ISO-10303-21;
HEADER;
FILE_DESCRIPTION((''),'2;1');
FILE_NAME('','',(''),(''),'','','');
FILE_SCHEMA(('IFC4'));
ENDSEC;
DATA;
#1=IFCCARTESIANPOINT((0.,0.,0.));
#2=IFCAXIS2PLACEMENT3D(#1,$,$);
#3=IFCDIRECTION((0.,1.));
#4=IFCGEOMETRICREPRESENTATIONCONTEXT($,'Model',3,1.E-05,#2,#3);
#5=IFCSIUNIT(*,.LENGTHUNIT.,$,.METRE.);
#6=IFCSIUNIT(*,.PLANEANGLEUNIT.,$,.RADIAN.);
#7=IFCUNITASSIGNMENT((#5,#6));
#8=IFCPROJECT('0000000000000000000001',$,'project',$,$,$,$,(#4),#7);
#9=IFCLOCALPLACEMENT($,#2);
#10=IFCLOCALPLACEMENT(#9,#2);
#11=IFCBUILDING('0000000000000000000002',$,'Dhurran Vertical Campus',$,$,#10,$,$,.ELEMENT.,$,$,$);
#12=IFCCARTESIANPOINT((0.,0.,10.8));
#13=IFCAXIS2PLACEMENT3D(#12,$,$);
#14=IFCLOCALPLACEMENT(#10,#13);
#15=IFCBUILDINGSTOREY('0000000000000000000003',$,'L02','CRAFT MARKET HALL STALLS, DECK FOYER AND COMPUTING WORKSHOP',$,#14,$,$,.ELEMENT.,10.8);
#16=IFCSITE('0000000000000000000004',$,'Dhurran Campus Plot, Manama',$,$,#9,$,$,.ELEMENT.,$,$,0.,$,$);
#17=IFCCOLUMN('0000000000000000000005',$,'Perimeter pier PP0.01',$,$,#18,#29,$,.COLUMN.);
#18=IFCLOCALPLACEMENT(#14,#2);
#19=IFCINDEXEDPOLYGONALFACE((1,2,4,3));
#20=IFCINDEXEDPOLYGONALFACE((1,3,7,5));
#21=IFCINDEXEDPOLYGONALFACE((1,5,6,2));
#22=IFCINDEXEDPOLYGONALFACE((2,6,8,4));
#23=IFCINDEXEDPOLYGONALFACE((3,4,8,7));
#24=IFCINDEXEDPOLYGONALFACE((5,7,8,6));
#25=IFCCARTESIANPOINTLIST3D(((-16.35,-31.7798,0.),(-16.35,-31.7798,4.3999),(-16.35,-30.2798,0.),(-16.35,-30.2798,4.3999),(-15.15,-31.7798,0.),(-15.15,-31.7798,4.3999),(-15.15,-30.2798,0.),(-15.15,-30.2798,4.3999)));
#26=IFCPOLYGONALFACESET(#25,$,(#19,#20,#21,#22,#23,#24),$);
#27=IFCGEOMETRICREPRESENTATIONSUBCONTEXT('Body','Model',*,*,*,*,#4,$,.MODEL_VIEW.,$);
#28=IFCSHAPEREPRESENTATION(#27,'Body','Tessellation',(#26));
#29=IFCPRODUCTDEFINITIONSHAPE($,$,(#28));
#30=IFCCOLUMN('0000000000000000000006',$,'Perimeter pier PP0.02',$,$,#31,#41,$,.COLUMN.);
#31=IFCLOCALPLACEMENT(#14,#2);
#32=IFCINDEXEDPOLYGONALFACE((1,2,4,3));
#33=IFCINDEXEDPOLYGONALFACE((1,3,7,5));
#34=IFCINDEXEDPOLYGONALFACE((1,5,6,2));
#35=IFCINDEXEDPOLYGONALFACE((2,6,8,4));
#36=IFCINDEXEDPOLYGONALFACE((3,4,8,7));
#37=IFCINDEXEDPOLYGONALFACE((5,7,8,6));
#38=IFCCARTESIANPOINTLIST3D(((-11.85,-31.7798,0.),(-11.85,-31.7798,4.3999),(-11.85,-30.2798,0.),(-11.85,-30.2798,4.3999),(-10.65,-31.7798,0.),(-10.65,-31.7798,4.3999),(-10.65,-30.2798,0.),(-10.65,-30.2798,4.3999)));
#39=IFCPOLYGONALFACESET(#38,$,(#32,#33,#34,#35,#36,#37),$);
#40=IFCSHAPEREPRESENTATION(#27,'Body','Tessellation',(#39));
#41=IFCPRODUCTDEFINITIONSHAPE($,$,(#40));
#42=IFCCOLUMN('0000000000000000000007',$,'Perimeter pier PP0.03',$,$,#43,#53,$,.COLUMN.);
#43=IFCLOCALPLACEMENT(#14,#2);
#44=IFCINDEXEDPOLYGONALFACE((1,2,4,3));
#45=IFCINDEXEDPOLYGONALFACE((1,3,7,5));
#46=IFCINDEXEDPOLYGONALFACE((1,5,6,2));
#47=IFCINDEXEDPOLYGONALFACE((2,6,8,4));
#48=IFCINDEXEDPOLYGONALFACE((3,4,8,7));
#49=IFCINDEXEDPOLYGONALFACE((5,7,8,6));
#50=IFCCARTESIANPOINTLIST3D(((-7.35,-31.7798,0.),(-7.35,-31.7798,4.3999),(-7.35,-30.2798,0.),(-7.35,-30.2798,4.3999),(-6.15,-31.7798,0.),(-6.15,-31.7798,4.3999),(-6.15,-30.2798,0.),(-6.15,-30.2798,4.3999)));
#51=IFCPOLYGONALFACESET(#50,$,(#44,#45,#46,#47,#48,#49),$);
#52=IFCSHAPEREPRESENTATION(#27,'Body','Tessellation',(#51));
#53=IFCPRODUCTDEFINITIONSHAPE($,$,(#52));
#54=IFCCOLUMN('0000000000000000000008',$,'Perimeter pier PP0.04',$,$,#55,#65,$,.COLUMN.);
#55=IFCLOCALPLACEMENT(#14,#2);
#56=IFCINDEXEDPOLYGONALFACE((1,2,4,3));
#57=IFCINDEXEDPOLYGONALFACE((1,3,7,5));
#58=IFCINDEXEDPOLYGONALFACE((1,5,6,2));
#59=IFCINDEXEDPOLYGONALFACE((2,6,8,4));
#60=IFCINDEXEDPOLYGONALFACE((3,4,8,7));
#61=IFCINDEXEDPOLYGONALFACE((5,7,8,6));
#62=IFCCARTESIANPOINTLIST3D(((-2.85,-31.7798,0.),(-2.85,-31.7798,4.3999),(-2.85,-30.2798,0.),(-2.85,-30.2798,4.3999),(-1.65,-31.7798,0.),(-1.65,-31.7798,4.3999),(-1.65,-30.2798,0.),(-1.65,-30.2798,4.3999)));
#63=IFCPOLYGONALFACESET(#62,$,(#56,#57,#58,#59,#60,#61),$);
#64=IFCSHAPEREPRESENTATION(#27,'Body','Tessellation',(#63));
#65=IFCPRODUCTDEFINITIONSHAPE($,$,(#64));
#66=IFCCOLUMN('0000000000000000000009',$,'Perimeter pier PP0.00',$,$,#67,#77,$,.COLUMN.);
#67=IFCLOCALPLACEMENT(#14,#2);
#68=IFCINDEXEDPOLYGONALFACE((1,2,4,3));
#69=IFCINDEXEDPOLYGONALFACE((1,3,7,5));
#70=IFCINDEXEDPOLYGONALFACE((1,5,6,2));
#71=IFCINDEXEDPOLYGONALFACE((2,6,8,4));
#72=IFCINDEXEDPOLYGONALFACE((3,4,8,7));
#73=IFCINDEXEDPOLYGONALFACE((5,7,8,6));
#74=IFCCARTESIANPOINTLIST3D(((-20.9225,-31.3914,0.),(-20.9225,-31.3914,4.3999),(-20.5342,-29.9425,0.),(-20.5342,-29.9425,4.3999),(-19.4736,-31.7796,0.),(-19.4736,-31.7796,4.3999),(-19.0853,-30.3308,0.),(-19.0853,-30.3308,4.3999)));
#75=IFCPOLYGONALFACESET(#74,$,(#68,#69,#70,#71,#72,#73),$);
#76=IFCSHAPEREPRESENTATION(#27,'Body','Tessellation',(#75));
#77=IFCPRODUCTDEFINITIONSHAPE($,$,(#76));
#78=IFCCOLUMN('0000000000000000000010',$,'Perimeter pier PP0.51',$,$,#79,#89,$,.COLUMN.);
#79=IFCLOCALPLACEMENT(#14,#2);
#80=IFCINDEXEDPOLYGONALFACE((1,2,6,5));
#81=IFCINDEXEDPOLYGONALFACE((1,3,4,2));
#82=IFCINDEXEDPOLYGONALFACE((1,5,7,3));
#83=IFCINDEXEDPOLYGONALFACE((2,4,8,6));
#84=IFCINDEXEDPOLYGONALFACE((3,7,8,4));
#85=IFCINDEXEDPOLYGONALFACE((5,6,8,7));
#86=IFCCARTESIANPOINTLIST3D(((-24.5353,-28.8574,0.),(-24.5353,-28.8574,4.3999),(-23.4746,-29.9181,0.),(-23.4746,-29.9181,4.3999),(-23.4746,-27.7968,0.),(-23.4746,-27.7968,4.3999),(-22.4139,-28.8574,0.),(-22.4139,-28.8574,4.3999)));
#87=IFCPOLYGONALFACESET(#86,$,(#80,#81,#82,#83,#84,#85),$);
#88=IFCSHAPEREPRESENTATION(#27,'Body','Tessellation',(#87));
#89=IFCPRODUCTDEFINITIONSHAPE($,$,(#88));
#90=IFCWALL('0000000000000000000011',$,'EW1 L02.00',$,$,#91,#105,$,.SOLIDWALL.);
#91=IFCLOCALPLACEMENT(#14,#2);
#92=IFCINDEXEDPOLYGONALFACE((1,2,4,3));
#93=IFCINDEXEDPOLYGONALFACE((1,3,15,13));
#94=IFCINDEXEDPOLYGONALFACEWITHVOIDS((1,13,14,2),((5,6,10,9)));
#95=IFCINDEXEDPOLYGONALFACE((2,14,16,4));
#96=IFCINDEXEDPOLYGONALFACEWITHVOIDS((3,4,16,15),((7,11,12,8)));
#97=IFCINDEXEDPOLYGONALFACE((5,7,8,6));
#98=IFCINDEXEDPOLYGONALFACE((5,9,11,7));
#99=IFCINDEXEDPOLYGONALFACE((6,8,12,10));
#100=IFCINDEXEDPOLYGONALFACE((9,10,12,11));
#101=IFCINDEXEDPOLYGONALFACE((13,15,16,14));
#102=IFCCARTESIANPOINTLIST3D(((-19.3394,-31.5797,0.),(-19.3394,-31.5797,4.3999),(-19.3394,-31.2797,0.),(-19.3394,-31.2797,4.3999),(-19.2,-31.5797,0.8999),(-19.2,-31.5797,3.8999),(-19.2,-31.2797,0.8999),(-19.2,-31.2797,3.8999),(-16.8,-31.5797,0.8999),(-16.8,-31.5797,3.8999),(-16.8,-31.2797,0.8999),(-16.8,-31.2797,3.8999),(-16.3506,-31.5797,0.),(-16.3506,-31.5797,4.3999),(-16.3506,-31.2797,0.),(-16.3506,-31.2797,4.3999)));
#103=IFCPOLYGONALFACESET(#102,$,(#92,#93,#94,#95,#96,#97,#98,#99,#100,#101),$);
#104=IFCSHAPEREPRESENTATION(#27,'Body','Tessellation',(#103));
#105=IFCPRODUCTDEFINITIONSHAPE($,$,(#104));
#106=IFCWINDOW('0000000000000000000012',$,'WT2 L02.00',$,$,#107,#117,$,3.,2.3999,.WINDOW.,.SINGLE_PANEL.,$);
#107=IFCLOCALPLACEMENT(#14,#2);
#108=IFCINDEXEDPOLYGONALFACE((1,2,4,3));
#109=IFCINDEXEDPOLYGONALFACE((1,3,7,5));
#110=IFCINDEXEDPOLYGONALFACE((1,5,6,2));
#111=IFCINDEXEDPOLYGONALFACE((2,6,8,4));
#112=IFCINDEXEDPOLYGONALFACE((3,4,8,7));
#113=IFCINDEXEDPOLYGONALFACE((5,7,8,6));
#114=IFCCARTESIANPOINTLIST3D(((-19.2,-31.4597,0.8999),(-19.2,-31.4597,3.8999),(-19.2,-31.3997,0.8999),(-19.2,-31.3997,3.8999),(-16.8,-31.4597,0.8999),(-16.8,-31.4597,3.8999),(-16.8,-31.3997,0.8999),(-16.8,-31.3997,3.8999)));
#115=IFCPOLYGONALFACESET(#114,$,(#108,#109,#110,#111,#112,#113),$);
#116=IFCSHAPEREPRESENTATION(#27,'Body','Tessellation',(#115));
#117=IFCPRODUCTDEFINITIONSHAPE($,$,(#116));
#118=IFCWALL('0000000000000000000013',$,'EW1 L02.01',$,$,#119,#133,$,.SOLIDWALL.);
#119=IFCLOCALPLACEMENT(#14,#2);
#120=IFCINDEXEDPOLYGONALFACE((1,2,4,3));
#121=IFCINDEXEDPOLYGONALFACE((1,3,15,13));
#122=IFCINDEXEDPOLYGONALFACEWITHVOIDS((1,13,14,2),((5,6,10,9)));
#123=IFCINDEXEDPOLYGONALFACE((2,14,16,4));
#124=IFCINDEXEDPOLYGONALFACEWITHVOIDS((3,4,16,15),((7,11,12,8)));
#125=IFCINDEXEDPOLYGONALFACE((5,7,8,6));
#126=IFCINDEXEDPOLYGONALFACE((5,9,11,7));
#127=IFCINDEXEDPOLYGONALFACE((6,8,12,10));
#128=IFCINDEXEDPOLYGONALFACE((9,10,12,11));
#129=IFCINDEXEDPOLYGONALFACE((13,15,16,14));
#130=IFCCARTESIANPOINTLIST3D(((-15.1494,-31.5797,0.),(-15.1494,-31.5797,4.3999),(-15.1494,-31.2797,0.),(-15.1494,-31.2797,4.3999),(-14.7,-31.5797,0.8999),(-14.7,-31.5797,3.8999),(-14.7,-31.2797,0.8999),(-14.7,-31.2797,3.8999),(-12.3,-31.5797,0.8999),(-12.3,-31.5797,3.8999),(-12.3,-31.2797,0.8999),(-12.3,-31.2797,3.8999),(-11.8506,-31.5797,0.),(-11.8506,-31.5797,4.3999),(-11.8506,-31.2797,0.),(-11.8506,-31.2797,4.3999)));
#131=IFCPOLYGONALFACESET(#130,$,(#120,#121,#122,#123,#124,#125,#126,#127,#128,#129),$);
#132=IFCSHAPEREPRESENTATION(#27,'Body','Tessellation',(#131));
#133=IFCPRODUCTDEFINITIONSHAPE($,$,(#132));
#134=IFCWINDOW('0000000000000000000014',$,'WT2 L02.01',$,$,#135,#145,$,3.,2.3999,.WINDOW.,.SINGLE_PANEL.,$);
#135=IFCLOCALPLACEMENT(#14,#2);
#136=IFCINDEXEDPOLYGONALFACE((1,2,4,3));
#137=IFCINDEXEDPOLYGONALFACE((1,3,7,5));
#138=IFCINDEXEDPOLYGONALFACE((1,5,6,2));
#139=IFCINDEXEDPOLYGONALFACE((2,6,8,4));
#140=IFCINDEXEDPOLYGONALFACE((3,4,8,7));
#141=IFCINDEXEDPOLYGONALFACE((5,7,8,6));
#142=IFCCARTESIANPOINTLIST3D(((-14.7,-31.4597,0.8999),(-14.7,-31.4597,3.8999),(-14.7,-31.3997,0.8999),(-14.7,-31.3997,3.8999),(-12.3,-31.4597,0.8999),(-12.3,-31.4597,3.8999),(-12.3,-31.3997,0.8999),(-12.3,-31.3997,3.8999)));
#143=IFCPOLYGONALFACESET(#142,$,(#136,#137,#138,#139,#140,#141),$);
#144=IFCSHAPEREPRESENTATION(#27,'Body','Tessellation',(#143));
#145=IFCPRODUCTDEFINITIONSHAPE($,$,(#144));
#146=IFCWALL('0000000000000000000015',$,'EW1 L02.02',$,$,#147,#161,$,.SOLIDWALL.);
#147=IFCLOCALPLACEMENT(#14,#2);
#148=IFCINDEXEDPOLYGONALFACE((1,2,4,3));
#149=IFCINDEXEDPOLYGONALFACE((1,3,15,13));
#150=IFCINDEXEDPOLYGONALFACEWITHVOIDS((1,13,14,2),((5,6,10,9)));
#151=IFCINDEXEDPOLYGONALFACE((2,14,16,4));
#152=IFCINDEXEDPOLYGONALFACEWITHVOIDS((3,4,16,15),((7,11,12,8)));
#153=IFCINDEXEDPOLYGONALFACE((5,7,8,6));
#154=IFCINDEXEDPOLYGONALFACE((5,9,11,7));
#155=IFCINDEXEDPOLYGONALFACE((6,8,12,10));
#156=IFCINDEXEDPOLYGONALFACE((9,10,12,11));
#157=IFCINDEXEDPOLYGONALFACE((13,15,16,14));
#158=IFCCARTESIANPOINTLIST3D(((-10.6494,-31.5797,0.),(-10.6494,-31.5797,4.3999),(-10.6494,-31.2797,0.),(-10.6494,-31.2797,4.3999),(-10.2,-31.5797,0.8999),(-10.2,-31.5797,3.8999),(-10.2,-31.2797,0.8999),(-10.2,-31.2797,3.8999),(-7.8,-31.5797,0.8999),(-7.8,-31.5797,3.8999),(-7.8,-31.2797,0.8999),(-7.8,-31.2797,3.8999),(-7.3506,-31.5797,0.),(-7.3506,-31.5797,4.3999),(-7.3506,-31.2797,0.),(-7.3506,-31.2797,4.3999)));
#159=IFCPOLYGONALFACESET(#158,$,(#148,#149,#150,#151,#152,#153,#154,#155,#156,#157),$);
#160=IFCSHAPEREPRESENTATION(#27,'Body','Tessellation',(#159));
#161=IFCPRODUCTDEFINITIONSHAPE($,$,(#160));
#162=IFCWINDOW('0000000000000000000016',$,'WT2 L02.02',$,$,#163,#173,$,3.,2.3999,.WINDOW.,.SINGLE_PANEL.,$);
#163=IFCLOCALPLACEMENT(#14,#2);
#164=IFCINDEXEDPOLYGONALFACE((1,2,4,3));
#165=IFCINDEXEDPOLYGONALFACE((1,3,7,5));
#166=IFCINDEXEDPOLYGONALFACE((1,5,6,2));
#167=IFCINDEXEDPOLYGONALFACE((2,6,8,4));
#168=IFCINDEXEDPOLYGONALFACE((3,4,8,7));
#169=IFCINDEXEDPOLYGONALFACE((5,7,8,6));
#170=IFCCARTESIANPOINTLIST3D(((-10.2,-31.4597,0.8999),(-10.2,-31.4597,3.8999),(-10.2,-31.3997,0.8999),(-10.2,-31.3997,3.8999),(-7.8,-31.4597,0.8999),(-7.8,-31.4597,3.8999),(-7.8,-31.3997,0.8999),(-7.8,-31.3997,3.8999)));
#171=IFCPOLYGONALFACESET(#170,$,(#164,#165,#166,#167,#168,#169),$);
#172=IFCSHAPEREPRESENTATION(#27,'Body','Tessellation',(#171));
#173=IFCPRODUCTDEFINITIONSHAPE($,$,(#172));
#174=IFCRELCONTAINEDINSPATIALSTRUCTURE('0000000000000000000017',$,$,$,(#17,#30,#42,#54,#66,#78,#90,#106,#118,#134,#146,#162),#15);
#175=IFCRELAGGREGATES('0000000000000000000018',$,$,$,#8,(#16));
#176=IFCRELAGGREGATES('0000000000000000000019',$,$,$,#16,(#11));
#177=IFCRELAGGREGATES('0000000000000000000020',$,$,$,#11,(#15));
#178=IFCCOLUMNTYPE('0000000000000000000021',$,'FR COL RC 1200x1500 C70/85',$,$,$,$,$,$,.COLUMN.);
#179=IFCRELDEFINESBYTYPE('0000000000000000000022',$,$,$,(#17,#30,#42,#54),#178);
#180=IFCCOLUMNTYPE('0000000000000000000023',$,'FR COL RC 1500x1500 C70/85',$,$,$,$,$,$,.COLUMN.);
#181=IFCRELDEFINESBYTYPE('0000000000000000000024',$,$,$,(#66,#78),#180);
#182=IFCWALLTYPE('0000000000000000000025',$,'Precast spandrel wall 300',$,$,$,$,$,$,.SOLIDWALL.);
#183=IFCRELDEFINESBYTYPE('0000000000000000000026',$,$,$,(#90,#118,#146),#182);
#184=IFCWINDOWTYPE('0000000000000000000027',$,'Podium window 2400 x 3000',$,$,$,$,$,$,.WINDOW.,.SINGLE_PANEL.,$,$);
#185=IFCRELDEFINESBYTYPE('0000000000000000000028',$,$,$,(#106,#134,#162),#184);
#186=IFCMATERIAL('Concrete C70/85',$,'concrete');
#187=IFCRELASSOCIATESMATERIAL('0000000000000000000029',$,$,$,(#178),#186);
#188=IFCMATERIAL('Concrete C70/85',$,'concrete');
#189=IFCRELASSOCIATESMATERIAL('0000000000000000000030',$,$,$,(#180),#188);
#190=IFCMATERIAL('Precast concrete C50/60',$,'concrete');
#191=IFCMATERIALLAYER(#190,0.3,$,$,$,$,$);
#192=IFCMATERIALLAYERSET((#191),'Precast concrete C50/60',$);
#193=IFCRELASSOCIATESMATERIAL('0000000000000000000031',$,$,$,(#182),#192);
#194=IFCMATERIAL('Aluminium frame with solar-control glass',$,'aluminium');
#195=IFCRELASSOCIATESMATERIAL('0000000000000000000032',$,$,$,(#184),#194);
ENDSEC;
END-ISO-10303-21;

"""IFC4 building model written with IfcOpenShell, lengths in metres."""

from ifc_helpers import new_model, si_unit, direction, frame, frame_2d, origin, origin_2d, place, context, subcontext, project, spatial, rectangle, extrude, material, layer, layer_set, material_profile, profile_set, type_object, element, fill, save


model = new_model("IFC4")

# Units and contexts
model_context = context("Model", 3, precision=1e-05, world=origin(), true_north=direction((0.0, 1.0)))
body_context = subcontext(model_context, "Body", "Model", "MODEL_VIEW")
ifc_project = project(units=[si_unit("LENGTHUNIT", "METRE"), si_unit("PLANEANGLEUNIT", "RADIAN")], contexts=[model_context])

# Site, building, storey
site_placement = place(None, origin())
site = spatial("IfcSite", under=ifc_project, at=site_placement, Name="Dhurran Campus Plot, Manama", CompositionType="ELEMENT", RefElevation=0.0)
building_placement = place(site_placement, origin())
building = spatial("IfcBuilding", under=site, at=building_placement, Name="Dhurran Vertical Campus", CompositionType="ELEMENT")
storey_placement = place(building_placement, frame((0.0, 0.0, 10.8)))
storey = spatial("IfcBuildingStorey", under=building, at=storey_placement, Name="L02", Description="CRAFT MARKET HALL STALLS, DECK FOYER AND COMPUTING WORKSHOP", CompositionType="ELEMENT", Elevation=10.8)

# Columns
ifc_material_1 = material(Name="Concrete C70/85", Category="concrete")
ifc_material_profile_1 = material_profile(ifc_material_1, rectangle(XDim=1.2, YDim=1.5, at=origin_2d()), Name="RC 1200x1500")
ifc_profile_set_1 = profile_set([ifc_material_profile_1], Name="Concrete C70/85")
column_type_1 = type_object("IfcColumnType", Name="FR COL RC 1200x1500 C70/85", PredefinedType="COLUMN", material=ifc_profile_set_1)
for number, where, z_axis, x_axis, name in (
    (1, (-15.75, -31.0298, 0.0), (0.0, 0.0, 1.0), (1.0, 0.0, 0.0), "Perimeter pier PP0.01"),
    (2, (-11.25, -31.0298, 0.0), (0.0, 0.0, 1.0), (1.0, 0.0, 0.0), "Perimeter pier PP0.02"),
    (3, (-6.75, -31.0298, 0.0), (0.0, 0.0, 1.0), (1.0, 0.0, 0.0), "Perimeter pier PP0.03"),
    (4, (-2.25, -31.0298, 0.0), (0.0, 0.0, 1.0), (1.0, 0.0, 0.0), "Perimeter pier PP0.04"),
):
    element("IfcColumn", number, at=place(storey_placement, frame(where, z_axis=z_axis, x_axis=x_axis)), inside=storey, type_object=column_type_1, Name=name, PredefinedType="COLUMN", context=body_context, shape_type="SweptSolid", body=[
        extrude(rectangle(XDim=1.2, YDim=1.5, at=origin_2d()), origin(), (0.0, 0.0, 1.0), 4.3999),
    ])
ifc_material_2 = material(Name="Concrete C70/85", Category="concrete")
ifc_material_profile_2 = material_profile(ifc_material_2, rectangle(XDim=1.5, YDim=1.5, at=origin_2d()), Name="RC 1500x1500")
ifc_profile_set_2 = profile_set([ifc_material_profile_2], Name="Concrete C70/85")
column_type_2 = type_object("IfcColumnType", Name="FR COL RC 1500x1500 C70/85", PredefinedType="COLUMN", material=ifc_profile_set_2)
for number, where, z_axis, x_axis, name in (
    (5, (-20.0039, -30.8611, 0.0), (0.0, 0.0, 1.0), (0.965926, -0.258819, 0.0), "Perimeter pier PP0.00"),
    (6, (-23.4746, -28.8574, 0.0), (0.0, 0.0, 1.0), (0.707107, -0.707107, 0.0), "Perimeter pier PP0.51"),
):
    element("IfcColumn", number, at=place(storey_placement, frame(where, z_axis=z_axis, x_axis=x_axis)), inside=storey, type_object=column_type_2, Name=name, PredefinedType="COLUMN", context=body_context, shape_type="SweptSolid", body=[
        extrude(rectangle(XDim=1.5, YDim=1.5, at=origin_2d()), origin(), (0.0, 0.0, 1.0), 4.3999),
    ])

# Walls, openings, windows
ifc_material_3 = material(Name="Precast concrete C50/60", Category="concrete")
ifc_layer_1 = layer(ifc_material_3, 0.3)
ifc_layer_set_1 = layer_set([ifc_layer_1], Name="Precast concrete C50/60")
wall_type_1 = type_object("IfcWallType", Name="Precast spandrel wall 300", PredefinedType="SOLIDWALL", material=ifc_layer_set_1)
wall_1_placement = place(storey_placement, frame((-19.3394, -31.4297, 0.0), z_axis=(0.0, 0.0, 1.0), x_axis=(1.0, 0.0, 0.0)))
wall_1 = element("IfcWall", 7, at=wall_1_placement, inside=storey, type_object=wall_type_1, Name="EW1 L02.00", PredefinedType="SOLIDWALL", context=body_context, shape_type="SweptSolid", body=[
    extrude(rectangle(XDim=2.9888, YDim=0.3, at=frame_2d((1.4944, 0.0))), origin(), (0.0, 0.0, 1.0), 4.3999),
])
opening_1_placement = place(wall_1_placement, frame((0.1394, 0.0, 0.8999)))
opening_1 = element("IfcOpeningElement", 8, at=opening_1_placement, cuts=wall_1, PredefinedType="OPENING", context=body_context, shape_type="SweptSolid", body=[
    extrude(rectangle(XDim=2.3999, YDim=3.0, at=frame_2d((1.2, 1.5))), frame((0.0, 0.1599, 0.0), z_axis=(0.0, -1.0, 0.0), x_axis=(1.0, 0.0, 0.0)), (0.0, 0.0, 1.0), 0.3201),
])
ifc_material_4 = material(Name="Aluminium frame with solar-control glass", Category="aluminium")
window_type = type_object("IfcWindowType", Name="Podium window 2400 x 3000", PartitioningType="SINGLE_PANEL", PredefinedType="WINDOW", material=ifc_material_4)
window_1_placement = place(opening_1_placement, origin())
window_1 = element("IfcWindow", 9, at=window_1_placement, inside=storey, type_object=window_type, Name="WT2 L02.00", OverallHeight=3.0, OverallWidth=2.3999, PartitioningType="SINGLE_PANEL", PredefinedType="WINDOW", context=body_context, shape_type="SweptSolid", body=[
    extrude(rectangle(XDim=2.3999, YDim=3.0, at=frame_2d((1.2, 1.5))), frame((0.0, 0.03, 0.0), z_axis=(0.0, -1.0, 0.0), x_axis=(1.0, 0.0, 0.0)), (0.0, 0.0, 1.0), 0.0601),
])
fill(opening_1, window_1)
wall_2_placement = place(storey_placement, frame((-15.1494, -31.4297, 0.0), z_axis=(0.0, 0.0, 1.0), x_axis=(1.0, 0.0, 0.0)))
wall_2 = element("IfcWall", 10, at=wall_2_placement, inside=storey, type_object=wall_type_1, Name="EW1 L02.01", PredefinedType="SOLIDWALL", context=body_context, shape_type="SweptSolid", body=[
    extrude(rectangle(XDim=3.2988, YDim=0.3, at=frame_2d((1.6494, 0.0))), origin(), (0.0, 0.0, 1.0), 4.3999),
])
opening_2_placement = place(wall_2_placement, frame((0.4495, 0.0, 0.8999)))
opening_2 = element("IfcOpeningElement", 11, at=opening_2_placement, cuts=wall_2, PredefinedType="OPENING", context=body_context, shape_type="SweptSolid", body=[
    extrude(rectangle(XDim=2.3999, YDim=3.0, at=frame_2d((1.2, 1.5))), frame((0.0, 0.1599, 0.0), z_axis=(0.0, -1.0, 0.0), x_axis=(1.0, 0.0, 0.0)), (0.0, 0.0, 1.0), 0.3201),
])
window_2_placement = place(opening_2_placement, origin())
window_2 = element("IfcWindow", 12, at=window_2_placement, inside=storey, type_object=window_type, Name="WT2 L02.01", OverallHeight=3.0, OverallWidth=2.3999, PartitioningType="SINGLE_PANEL", PredefinedType="WINDOW", context=body_context, shape_type="SweptSolid", body=[
    extrude(rectangle(XDim=2.3999, YDim=3.0, at=frame_2d((1.2, 1.5))), frame((0.0, 0.03, 0.0), z_axis=(0.0, -1.0, 0.0), x_axis=(1.0, 0.0, 0.0)), (0.0, 0.0, 1.0), 0.0601),
])
fill(opening_2, window_2)
wall_3_placement = place(storey_placement, frame((-10.6494, -31.4297, 0.0), z_axis=(0.0, 0.0, 1.0), x_axis=(1.0, 0.0, 0.0)))
wall_3 = element("IfcWall", 13, at=wall_3_placement, inside=storey, type_object=wall_type_1, Name="EW1 L02.02", PredefinedType="SOLIDWALL", context=body_context, shape_type="SweptSolid", body=[
    extrude(rectangle(XDim=3.2988, YDim=0.3, at=frame_2d((1.6494, 0.0))), origin(), (0.0, 0.0, 1.0), 4.3999),
])
opening_3_placement = place(wall_3_placement, frame((0.4495, 0.0, 0.8999)))
opening_3 = element("IfcOpeningElement", 14, at=opening_3_placement, cuts=wall_3, PredefinedType="OPENING", context=body_context, shape_type="SweptSolid", body=[
    extrude(rectangle(XDim=2.3999, YDim=3.0, at=frame_2d((1.2, 1.5))), frame((0.0, 0.1599, 0.0), z_axis=(0.0, -1.0, 0.0), x_axis=(1.0, 0.0, 0.0)), (0.0, 0.0, 1.0), 0.3201),
])
window_3_placement = place(opening_3_placement, origin())
window_3 = element("IfcWindow", 15, at=window_3_placement, inside=storey, type_object=window_type, Name="WT2 L02.02", OverallHeight=3.0, OverallWidth=2.3999, PartitioningType="SINGLE_PANEL", PredefinedType="WINDOW", context=body_context, shape_type="SweptSolid", body=[
    extrude(rectangle(XDim=2.3999, YDim=3.0, at=frame_2d((1.2, 1.5))), frame((0.0, 0.03, 0.0), z_axis=(0.0, -1.0, 0.0), x_axis=(1.0, 0.0, 0.0)), (0.0, 0.0, 1.0), 0.0601),
])
fill(opening_3, window_3)

save(model, "model.ifc")
